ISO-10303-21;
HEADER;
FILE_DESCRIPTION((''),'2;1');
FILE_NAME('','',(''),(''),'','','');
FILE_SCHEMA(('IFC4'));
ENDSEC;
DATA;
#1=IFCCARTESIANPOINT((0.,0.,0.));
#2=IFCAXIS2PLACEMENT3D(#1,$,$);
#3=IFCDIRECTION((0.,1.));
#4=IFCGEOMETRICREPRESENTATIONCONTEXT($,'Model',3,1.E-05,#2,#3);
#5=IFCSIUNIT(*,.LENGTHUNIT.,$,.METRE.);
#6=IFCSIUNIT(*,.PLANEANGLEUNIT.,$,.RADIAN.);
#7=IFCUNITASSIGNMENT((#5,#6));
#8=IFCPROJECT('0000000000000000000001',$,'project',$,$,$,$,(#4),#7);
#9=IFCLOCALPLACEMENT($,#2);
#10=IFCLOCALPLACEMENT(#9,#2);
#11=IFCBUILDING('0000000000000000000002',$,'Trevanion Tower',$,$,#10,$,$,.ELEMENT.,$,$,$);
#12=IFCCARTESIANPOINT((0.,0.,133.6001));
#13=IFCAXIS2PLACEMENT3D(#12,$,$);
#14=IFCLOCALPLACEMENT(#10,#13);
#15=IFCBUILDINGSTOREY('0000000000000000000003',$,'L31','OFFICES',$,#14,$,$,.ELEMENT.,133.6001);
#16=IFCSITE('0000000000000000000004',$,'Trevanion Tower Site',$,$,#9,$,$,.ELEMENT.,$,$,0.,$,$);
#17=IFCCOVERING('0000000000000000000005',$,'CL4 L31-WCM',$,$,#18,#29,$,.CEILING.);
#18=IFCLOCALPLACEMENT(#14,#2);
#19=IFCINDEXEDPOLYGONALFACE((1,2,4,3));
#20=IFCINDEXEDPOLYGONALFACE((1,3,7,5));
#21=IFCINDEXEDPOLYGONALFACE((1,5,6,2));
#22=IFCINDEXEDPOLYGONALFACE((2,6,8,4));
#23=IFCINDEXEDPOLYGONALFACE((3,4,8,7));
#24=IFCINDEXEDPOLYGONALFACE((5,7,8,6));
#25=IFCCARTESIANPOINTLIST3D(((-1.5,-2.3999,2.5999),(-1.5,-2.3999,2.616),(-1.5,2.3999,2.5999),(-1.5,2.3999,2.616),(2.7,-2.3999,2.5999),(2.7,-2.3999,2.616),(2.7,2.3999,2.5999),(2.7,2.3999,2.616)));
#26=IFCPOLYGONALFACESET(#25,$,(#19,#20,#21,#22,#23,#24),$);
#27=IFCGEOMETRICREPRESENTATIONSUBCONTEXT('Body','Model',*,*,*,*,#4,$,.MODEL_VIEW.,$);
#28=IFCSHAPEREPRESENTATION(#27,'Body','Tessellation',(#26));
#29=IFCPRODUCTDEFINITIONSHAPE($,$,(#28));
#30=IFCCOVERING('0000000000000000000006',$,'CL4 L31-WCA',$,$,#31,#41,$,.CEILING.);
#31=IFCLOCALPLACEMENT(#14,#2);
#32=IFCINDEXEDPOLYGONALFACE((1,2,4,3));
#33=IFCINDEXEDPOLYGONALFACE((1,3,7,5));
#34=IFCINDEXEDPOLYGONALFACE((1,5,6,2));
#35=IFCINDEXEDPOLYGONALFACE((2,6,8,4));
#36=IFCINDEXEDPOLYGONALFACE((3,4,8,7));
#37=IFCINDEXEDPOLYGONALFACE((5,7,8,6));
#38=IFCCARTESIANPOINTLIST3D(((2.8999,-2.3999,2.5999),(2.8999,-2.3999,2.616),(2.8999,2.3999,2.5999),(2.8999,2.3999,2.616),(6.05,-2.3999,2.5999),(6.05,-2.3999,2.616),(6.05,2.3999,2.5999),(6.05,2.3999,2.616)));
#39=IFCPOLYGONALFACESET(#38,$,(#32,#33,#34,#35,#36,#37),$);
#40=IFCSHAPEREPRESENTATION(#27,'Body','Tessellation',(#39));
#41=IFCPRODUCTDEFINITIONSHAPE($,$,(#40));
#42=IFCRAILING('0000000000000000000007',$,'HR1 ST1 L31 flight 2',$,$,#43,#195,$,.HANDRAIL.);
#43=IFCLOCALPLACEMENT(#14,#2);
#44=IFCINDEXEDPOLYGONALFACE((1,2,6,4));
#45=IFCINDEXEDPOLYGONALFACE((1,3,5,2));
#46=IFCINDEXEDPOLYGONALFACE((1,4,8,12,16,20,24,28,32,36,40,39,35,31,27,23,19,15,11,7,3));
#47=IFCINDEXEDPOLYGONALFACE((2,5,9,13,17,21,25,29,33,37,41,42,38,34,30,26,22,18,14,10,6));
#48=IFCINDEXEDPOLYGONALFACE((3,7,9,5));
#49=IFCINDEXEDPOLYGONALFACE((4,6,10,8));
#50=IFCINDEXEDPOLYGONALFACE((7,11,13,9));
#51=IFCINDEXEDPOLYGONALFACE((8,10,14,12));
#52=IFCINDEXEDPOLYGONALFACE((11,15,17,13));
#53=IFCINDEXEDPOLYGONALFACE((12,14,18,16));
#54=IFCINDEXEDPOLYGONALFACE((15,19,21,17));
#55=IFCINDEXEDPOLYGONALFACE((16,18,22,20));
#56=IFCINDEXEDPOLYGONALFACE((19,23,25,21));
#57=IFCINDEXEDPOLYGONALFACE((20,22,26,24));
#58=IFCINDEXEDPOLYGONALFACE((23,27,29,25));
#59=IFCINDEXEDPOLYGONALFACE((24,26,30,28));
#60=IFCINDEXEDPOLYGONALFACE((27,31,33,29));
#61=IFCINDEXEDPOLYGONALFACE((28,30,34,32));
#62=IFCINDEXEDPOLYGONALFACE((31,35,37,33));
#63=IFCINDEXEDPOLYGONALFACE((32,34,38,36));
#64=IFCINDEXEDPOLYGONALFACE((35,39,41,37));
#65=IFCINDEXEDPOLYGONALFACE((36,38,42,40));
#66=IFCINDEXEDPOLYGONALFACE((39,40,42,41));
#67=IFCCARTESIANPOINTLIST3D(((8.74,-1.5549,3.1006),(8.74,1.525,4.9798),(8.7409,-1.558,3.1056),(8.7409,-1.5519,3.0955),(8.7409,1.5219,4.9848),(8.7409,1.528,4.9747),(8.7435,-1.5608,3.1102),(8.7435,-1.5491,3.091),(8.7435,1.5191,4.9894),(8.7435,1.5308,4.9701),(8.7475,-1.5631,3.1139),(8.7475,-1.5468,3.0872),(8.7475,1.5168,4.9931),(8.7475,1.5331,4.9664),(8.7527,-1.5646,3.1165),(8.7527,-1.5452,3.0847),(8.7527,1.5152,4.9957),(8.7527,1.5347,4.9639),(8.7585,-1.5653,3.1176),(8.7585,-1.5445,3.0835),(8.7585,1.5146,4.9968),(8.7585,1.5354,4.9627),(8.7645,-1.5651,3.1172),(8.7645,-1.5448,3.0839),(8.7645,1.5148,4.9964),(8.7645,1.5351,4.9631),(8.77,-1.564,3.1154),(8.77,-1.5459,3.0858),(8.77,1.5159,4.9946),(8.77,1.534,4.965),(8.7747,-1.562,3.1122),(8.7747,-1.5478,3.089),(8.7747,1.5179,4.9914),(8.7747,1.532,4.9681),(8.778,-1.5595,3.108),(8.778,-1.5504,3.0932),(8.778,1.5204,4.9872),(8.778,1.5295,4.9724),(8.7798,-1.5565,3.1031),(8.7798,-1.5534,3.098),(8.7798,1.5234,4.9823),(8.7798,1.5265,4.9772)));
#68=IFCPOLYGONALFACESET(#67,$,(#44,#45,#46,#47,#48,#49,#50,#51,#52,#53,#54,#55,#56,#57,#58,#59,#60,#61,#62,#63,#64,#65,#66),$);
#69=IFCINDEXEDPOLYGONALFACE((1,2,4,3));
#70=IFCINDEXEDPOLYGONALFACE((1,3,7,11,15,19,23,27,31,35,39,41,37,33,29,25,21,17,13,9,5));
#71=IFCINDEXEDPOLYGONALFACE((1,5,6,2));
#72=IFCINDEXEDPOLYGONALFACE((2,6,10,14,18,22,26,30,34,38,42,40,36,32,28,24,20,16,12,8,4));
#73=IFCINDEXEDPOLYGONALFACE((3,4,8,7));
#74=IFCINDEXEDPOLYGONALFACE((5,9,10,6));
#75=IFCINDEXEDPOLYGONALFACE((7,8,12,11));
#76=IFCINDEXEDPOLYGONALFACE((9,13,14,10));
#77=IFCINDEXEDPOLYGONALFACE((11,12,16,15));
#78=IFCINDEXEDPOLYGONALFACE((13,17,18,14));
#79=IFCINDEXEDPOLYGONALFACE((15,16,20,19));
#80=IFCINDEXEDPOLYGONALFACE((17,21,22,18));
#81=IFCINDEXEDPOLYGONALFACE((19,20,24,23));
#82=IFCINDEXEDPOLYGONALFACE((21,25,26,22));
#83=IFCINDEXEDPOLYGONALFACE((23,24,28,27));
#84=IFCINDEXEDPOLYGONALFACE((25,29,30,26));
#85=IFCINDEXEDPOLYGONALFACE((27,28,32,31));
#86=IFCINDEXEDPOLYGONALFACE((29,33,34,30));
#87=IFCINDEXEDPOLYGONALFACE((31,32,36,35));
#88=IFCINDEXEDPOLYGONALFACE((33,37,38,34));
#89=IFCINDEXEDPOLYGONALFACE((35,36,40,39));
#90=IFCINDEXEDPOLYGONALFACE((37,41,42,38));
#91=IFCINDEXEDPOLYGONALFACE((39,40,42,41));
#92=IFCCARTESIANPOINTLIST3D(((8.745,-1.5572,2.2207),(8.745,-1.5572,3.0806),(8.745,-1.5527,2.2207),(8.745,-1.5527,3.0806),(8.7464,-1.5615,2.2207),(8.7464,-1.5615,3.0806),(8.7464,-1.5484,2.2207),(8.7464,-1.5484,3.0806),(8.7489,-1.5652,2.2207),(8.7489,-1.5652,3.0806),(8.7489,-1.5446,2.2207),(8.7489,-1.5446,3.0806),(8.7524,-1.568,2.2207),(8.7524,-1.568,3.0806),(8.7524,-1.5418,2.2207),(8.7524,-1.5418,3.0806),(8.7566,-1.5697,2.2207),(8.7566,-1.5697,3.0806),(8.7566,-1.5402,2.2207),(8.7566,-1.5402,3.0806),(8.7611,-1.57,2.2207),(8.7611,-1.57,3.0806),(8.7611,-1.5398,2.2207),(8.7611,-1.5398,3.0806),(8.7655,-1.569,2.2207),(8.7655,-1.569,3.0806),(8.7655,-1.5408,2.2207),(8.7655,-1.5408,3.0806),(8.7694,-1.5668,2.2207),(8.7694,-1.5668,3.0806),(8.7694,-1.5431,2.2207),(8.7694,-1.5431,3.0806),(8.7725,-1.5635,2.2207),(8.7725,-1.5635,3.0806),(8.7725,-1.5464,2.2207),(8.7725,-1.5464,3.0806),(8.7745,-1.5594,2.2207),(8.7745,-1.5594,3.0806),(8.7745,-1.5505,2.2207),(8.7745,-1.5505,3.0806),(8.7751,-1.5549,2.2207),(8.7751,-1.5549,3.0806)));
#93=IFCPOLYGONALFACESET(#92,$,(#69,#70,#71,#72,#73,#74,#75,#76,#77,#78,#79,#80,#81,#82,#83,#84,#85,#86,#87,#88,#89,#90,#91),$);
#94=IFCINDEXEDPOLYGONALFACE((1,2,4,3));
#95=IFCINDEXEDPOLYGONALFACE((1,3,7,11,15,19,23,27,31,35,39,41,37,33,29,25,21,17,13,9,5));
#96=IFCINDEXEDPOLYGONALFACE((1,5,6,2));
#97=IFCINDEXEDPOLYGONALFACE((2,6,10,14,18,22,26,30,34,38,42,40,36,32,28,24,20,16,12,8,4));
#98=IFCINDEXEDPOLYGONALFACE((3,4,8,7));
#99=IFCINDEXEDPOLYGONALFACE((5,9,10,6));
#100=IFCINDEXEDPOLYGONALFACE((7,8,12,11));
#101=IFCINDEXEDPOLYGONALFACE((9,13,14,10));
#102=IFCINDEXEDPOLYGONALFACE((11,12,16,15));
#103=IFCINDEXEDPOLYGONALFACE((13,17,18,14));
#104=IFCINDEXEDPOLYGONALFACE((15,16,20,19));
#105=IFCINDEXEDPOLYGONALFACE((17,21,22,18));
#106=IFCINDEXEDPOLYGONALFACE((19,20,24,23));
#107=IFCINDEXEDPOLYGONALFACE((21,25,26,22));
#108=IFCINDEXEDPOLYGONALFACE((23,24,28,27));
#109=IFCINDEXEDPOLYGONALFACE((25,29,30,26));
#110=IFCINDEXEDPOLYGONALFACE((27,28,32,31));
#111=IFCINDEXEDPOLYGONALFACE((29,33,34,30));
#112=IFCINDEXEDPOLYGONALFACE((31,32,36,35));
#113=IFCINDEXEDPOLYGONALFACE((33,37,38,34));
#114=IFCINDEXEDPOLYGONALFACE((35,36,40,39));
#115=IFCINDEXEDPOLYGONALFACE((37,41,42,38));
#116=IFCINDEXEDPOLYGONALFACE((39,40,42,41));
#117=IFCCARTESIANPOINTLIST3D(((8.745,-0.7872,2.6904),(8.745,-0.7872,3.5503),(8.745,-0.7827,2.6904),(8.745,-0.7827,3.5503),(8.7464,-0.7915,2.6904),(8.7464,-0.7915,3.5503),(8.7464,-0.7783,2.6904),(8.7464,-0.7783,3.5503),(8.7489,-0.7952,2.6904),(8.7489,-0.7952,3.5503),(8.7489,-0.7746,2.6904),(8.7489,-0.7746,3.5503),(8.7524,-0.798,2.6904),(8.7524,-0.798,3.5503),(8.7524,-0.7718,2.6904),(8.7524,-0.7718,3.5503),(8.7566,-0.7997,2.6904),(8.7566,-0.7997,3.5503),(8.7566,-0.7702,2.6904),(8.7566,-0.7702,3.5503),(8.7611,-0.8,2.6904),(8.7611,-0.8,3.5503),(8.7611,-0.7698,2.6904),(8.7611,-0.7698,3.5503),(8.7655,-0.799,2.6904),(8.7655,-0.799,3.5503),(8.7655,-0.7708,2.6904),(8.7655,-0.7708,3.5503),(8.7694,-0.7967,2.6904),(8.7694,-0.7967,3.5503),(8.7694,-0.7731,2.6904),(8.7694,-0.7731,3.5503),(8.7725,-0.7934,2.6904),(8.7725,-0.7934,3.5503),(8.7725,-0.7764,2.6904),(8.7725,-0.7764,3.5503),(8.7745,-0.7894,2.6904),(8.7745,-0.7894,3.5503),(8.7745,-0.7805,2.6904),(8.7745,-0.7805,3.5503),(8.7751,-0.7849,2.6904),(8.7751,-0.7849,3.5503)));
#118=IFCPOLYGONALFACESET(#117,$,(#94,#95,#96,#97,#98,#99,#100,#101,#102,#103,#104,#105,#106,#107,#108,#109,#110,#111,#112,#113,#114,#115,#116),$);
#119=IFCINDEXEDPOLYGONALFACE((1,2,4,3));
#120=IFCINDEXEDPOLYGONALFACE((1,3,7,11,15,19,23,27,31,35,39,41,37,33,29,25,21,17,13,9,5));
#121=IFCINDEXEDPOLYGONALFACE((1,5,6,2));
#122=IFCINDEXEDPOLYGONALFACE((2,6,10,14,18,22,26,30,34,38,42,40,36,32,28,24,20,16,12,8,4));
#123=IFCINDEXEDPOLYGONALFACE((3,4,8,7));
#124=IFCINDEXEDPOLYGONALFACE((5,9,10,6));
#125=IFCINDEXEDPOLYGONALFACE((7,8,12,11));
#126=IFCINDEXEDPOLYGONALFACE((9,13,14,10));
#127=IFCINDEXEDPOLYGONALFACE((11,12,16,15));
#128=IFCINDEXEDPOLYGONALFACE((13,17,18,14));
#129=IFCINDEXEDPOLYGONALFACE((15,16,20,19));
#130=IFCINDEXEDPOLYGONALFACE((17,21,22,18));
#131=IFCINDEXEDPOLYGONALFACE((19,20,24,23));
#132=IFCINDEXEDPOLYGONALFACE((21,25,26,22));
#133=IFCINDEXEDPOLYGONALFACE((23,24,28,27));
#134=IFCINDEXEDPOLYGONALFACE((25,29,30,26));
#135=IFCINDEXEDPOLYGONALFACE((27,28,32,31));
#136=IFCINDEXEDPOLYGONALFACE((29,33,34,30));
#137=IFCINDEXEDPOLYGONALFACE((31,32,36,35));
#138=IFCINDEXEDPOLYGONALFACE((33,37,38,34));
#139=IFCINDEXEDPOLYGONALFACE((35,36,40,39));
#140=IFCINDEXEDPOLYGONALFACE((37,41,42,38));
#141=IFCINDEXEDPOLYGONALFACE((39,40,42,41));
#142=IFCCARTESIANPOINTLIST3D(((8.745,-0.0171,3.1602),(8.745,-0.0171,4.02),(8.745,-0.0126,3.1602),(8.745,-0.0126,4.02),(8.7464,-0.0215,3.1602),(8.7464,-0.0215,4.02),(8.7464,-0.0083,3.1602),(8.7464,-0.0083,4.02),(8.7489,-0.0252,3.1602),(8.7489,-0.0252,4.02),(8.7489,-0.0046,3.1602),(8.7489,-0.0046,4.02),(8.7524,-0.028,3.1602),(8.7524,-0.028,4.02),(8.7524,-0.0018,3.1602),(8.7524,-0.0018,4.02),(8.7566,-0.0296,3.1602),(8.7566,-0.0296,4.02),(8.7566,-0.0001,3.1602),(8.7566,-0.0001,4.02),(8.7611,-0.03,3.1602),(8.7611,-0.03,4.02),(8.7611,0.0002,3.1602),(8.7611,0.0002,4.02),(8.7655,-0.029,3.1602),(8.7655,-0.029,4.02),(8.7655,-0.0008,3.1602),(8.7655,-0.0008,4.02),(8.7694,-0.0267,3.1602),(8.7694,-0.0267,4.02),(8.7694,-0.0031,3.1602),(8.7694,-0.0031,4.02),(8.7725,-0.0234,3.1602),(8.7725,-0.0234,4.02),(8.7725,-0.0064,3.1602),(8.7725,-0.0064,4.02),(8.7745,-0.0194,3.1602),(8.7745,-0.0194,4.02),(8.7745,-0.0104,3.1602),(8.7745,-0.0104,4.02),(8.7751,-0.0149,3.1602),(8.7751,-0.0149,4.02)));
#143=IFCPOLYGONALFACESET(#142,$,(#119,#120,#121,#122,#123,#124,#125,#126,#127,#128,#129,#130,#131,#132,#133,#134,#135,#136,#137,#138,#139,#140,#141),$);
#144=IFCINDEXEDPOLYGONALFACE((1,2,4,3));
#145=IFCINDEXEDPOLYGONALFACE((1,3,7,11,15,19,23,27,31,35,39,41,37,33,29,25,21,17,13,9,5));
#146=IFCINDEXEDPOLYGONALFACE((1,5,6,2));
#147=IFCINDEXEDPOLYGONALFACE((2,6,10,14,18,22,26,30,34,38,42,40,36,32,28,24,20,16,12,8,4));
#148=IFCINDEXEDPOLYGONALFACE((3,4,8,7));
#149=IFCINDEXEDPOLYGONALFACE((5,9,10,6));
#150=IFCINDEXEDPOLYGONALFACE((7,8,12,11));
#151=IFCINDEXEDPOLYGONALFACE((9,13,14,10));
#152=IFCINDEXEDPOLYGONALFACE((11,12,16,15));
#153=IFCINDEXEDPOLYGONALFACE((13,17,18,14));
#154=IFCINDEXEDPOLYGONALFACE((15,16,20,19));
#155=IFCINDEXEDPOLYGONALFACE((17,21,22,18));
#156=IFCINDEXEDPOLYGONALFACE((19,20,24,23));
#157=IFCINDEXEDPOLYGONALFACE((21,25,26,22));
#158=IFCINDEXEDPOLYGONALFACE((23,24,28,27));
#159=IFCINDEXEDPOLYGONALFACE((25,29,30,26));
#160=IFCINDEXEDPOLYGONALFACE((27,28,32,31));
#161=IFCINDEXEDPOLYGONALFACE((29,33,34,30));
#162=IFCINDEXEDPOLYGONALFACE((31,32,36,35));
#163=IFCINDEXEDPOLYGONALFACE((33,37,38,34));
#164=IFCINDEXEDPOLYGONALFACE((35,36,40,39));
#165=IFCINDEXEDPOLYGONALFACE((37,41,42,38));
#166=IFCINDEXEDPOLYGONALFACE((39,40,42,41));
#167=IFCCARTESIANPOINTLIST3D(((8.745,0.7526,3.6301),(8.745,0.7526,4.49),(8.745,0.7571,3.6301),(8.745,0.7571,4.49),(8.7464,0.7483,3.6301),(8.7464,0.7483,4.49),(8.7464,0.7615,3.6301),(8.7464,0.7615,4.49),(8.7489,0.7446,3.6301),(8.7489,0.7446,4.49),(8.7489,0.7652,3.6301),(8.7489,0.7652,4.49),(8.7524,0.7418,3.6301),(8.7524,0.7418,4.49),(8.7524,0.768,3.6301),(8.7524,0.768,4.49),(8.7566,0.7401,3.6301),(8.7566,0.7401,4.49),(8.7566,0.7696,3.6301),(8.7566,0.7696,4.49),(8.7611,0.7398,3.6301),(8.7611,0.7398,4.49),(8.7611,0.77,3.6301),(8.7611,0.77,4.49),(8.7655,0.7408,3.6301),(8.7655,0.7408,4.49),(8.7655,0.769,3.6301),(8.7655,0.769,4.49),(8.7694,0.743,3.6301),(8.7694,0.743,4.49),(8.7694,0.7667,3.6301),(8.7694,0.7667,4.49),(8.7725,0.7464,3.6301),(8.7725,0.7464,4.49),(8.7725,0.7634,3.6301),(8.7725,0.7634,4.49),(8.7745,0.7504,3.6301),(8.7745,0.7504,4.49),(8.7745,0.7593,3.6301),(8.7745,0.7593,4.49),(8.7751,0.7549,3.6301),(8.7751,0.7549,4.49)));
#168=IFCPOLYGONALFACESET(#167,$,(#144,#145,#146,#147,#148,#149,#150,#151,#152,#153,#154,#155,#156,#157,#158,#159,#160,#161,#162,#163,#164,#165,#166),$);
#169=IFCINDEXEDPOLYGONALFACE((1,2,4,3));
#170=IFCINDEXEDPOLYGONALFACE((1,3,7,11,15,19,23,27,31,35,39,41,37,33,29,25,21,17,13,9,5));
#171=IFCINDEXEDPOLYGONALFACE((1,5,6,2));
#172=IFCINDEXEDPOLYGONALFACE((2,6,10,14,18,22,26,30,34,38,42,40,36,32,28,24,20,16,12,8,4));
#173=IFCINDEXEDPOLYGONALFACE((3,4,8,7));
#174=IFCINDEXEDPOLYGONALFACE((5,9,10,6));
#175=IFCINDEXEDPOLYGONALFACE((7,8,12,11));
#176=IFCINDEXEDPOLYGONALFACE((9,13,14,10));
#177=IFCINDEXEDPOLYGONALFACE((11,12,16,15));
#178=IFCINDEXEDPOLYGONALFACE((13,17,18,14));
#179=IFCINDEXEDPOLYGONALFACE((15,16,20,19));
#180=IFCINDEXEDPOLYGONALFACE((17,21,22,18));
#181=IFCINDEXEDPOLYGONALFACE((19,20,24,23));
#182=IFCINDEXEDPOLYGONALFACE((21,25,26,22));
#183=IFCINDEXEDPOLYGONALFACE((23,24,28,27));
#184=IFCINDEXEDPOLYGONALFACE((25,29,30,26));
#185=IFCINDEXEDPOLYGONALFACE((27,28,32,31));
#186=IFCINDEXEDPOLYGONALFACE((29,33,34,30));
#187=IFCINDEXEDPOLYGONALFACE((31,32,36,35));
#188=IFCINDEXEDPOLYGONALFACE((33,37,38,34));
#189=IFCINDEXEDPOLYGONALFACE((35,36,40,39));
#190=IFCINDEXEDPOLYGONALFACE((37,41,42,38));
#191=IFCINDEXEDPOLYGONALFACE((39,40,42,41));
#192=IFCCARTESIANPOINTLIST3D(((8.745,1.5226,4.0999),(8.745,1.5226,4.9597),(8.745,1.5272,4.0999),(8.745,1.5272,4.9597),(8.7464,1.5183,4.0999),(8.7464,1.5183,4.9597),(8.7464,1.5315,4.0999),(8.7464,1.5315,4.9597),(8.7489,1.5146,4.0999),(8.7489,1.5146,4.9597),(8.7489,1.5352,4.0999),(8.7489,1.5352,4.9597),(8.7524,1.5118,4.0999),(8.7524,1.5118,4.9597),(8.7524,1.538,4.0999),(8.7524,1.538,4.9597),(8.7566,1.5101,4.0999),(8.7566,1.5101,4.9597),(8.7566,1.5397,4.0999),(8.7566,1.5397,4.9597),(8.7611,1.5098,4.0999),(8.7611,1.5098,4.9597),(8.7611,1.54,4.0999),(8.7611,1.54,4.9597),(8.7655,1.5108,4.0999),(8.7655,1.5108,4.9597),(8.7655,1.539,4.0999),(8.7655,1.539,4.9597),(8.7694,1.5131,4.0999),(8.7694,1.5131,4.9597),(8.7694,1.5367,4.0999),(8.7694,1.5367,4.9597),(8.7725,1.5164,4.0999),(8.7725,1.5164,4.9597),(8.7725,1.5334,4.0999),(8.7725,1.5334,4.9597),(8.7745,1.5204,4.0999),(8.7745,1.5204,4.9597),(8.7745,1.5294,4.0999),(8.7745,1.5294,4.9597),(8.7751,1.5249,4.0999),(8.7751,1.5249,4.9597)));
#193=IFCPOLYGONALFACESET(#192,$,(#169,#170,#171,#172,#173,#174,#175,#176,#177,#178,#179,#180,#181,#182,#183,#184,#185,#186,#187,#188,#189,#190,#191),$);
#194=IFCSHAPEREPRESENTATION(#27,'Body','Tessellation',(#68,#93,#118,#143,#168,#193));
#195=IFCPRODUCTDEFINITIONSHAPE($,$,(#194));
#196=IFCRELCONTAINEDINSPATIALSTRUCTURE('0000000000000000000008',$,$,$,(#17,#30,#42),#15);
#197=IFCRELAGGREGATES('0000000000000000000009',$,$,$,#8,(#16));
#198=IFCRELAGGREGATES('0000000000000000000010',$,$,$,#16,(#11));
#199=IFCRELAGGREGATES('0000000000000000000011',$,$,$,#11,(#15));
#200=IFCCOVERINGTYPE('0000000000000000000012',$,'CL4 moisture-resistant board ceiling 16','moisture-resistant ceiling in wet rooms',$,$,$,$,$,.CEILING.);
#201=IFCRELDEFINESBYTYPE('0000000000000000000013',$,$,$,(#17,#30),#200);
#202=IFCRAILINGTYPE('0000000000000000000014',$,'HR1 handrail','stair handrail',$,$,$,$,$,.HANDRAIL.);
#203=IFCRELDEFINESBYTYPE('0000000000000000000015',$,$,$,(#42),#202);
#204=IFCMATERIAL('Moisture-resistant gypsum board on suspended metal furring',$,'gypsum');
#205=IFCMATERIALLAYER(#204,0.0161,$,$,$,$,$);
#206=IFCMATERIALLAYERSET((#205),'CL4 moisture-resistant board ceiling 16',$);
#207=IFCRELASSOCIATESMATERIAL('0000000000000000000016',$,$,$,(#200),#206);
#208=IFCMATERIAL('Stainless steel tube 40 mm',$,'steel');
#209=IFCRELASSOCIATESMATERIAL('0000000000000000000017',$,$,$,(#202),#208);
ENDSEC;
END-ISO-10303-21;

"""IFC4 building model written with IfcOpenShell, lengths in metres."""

from ifc_helpers import new_model, si_unit, direction, frame, origin, origin_2d, place, context, subcontext, project, spatial, polyline, circle, outline, extrude, material, layer, layer_set, type_object, element, save


model = new_model("IFC4")

# Units and contexts
model_context = context("Model", 3, precision=1e-05, world=origin(), true_north=direction((0.0, 1.0)))
body_context = subcontext(model_context, "Body", "Model", "MODEL_VIEW")
ifc_project = project(units=[si_unit("LENGTHUNIT", "METRE"), si_unit("PLANEANGLEUNIT", "RADIAN")], contexts=[model_context])

# Site, building, storey
site_placement = place(None, origin())
site = spatial("IfcSite", under=ifc_project, at=site_placement, Name="Trevanion Tower Site", CompositionType="ELEMENT", RefElevation=0.0)
building_placement = place(site_placement, origin())
building = spatial("IfcBuilding", under=site, at=building_placement, Name="Trevanion Tower", CompositionType="ELEMENT")
storey_placement = place(building_placement, frame((0.0, 0.0, 133.6001)))
storey = spatial("IfcBuildingStorey", under=building, at=storey_placement, Name="L31", Description="OFFICES", CompositionType="ELEMENT", Elevation=133.6001)

# Coverings
ifc_material_1 = material(Name="Moisture-resistant gypsum board on suspended metal furring", Category="gypsum")
ifc_layer_1 = layer(ifc_material_1, 0.0161)
ifc_layer_set_1 = layer_set([ifc_layer_1], Name="CL4 moisture-resistant board ceiling 16")
covering_type_1 = type_object("IfcCoveringType", Name="CL4 moisture-resistant board ceiling 16", Description="moisture-resistant ceiling in wet rooms", PredefinedType="CEILING", material=ifc_layer_set_1)
covering_1_placement = place(storey_placement, frame((0.0, 0.0, 2.5999)))
element("IfcCovering", 1, at=covering_1_placement, inside=storey, type_object=covering_type_1, Name="CL4 L31-WCM", PredefinedType="CEILING", context=body_context, shape_type="SweptSolid", body=[
    extrude(outline(polyline([(2.7, -2.3999), (2.7, 2.3999), (-1.5, 2.3999), (-1.5, -2.3999), (2.7, -2.3999)])), origin(), (0.0, 0.0, 1.0), 0.0161),
])
covering_2_placement = place(storey_placement, frame((0.0, 0.0, 2.5999)))
element("IfcCovering", 2, at=covering_2_placement, inside=storey, type_object=covering_type_1, Name="CL4 L31-WCA", PredefinedType="CEILING", context=body_context, shape_type="SweptSolid", body=[
    extrude(outline(polyline([(6.05, -2.3999), (6.05, 2.3999), (2.8999, 2.3999), (2.8999, -2.3999), (6.05, -2.3999)])), origin(), (0.0, 0.0, 1.0), 0.0161),
])

# Railing
ifc_material_2 = material(Name="Stainless steel tube 40 mm", Category="steel")
railing_type = type_object("IfcRailingType", Name="HR1 handrail", Description="stair handrail", PredefinedType="HANDRAIL", material=ifc_material_2)
for number, where, name in (
    (3, (8.76, -1.5549, 2.2207), "HR1 ST1 L31 flight 2"),
):
    element("IfcRailing", number, at=place(storey_placement, frame(where)), inside=storey, type_object=railing_type, Name=name, PredefinedType="HANDRAIL", context=body_context, shape_type="SweptSolid", body=[
        extrude(circle(Radius=0.02, at=origin_2d()), frame((0.0, 0.0, 0.8799), z_axis=(0.0, 0.853648, 0.52085), x_axis=(-1.0, 0.0, 0.0)), (0.0, 0.0, 1.0), 3.6079),
        extrude(circle(Radius=0.0151, at=origin_2d()), origin(), (0.0, 0.0, 1.0), 0.8599),
        extrude(circle(Radius=0.0151, at=origin_2d()), frame((0.0, 0.77, 0.4697)), (0.0, 0.0, 1.0), 0.8599),
        extrude(circle(Radius=0.0151, at=origin_2d()), frame((0.0, 1.54, 0.9395)), (0.0, 0.0, 1.0), 0.8599),
        extrude(circle(Radius=0.0151, at=origin_2d()), frame((0.0, 2.3098, 1.4094)), (0.0, 0.0, 1.0), 0.8599),
        extrude(circle(Radius=0.0151, at=origin_2d()), frame((0.0, 3.0798, 1.8792)), (0.0, 0.0, 1.0), 0.8599),
    ])

save(model, "model.ifc")
